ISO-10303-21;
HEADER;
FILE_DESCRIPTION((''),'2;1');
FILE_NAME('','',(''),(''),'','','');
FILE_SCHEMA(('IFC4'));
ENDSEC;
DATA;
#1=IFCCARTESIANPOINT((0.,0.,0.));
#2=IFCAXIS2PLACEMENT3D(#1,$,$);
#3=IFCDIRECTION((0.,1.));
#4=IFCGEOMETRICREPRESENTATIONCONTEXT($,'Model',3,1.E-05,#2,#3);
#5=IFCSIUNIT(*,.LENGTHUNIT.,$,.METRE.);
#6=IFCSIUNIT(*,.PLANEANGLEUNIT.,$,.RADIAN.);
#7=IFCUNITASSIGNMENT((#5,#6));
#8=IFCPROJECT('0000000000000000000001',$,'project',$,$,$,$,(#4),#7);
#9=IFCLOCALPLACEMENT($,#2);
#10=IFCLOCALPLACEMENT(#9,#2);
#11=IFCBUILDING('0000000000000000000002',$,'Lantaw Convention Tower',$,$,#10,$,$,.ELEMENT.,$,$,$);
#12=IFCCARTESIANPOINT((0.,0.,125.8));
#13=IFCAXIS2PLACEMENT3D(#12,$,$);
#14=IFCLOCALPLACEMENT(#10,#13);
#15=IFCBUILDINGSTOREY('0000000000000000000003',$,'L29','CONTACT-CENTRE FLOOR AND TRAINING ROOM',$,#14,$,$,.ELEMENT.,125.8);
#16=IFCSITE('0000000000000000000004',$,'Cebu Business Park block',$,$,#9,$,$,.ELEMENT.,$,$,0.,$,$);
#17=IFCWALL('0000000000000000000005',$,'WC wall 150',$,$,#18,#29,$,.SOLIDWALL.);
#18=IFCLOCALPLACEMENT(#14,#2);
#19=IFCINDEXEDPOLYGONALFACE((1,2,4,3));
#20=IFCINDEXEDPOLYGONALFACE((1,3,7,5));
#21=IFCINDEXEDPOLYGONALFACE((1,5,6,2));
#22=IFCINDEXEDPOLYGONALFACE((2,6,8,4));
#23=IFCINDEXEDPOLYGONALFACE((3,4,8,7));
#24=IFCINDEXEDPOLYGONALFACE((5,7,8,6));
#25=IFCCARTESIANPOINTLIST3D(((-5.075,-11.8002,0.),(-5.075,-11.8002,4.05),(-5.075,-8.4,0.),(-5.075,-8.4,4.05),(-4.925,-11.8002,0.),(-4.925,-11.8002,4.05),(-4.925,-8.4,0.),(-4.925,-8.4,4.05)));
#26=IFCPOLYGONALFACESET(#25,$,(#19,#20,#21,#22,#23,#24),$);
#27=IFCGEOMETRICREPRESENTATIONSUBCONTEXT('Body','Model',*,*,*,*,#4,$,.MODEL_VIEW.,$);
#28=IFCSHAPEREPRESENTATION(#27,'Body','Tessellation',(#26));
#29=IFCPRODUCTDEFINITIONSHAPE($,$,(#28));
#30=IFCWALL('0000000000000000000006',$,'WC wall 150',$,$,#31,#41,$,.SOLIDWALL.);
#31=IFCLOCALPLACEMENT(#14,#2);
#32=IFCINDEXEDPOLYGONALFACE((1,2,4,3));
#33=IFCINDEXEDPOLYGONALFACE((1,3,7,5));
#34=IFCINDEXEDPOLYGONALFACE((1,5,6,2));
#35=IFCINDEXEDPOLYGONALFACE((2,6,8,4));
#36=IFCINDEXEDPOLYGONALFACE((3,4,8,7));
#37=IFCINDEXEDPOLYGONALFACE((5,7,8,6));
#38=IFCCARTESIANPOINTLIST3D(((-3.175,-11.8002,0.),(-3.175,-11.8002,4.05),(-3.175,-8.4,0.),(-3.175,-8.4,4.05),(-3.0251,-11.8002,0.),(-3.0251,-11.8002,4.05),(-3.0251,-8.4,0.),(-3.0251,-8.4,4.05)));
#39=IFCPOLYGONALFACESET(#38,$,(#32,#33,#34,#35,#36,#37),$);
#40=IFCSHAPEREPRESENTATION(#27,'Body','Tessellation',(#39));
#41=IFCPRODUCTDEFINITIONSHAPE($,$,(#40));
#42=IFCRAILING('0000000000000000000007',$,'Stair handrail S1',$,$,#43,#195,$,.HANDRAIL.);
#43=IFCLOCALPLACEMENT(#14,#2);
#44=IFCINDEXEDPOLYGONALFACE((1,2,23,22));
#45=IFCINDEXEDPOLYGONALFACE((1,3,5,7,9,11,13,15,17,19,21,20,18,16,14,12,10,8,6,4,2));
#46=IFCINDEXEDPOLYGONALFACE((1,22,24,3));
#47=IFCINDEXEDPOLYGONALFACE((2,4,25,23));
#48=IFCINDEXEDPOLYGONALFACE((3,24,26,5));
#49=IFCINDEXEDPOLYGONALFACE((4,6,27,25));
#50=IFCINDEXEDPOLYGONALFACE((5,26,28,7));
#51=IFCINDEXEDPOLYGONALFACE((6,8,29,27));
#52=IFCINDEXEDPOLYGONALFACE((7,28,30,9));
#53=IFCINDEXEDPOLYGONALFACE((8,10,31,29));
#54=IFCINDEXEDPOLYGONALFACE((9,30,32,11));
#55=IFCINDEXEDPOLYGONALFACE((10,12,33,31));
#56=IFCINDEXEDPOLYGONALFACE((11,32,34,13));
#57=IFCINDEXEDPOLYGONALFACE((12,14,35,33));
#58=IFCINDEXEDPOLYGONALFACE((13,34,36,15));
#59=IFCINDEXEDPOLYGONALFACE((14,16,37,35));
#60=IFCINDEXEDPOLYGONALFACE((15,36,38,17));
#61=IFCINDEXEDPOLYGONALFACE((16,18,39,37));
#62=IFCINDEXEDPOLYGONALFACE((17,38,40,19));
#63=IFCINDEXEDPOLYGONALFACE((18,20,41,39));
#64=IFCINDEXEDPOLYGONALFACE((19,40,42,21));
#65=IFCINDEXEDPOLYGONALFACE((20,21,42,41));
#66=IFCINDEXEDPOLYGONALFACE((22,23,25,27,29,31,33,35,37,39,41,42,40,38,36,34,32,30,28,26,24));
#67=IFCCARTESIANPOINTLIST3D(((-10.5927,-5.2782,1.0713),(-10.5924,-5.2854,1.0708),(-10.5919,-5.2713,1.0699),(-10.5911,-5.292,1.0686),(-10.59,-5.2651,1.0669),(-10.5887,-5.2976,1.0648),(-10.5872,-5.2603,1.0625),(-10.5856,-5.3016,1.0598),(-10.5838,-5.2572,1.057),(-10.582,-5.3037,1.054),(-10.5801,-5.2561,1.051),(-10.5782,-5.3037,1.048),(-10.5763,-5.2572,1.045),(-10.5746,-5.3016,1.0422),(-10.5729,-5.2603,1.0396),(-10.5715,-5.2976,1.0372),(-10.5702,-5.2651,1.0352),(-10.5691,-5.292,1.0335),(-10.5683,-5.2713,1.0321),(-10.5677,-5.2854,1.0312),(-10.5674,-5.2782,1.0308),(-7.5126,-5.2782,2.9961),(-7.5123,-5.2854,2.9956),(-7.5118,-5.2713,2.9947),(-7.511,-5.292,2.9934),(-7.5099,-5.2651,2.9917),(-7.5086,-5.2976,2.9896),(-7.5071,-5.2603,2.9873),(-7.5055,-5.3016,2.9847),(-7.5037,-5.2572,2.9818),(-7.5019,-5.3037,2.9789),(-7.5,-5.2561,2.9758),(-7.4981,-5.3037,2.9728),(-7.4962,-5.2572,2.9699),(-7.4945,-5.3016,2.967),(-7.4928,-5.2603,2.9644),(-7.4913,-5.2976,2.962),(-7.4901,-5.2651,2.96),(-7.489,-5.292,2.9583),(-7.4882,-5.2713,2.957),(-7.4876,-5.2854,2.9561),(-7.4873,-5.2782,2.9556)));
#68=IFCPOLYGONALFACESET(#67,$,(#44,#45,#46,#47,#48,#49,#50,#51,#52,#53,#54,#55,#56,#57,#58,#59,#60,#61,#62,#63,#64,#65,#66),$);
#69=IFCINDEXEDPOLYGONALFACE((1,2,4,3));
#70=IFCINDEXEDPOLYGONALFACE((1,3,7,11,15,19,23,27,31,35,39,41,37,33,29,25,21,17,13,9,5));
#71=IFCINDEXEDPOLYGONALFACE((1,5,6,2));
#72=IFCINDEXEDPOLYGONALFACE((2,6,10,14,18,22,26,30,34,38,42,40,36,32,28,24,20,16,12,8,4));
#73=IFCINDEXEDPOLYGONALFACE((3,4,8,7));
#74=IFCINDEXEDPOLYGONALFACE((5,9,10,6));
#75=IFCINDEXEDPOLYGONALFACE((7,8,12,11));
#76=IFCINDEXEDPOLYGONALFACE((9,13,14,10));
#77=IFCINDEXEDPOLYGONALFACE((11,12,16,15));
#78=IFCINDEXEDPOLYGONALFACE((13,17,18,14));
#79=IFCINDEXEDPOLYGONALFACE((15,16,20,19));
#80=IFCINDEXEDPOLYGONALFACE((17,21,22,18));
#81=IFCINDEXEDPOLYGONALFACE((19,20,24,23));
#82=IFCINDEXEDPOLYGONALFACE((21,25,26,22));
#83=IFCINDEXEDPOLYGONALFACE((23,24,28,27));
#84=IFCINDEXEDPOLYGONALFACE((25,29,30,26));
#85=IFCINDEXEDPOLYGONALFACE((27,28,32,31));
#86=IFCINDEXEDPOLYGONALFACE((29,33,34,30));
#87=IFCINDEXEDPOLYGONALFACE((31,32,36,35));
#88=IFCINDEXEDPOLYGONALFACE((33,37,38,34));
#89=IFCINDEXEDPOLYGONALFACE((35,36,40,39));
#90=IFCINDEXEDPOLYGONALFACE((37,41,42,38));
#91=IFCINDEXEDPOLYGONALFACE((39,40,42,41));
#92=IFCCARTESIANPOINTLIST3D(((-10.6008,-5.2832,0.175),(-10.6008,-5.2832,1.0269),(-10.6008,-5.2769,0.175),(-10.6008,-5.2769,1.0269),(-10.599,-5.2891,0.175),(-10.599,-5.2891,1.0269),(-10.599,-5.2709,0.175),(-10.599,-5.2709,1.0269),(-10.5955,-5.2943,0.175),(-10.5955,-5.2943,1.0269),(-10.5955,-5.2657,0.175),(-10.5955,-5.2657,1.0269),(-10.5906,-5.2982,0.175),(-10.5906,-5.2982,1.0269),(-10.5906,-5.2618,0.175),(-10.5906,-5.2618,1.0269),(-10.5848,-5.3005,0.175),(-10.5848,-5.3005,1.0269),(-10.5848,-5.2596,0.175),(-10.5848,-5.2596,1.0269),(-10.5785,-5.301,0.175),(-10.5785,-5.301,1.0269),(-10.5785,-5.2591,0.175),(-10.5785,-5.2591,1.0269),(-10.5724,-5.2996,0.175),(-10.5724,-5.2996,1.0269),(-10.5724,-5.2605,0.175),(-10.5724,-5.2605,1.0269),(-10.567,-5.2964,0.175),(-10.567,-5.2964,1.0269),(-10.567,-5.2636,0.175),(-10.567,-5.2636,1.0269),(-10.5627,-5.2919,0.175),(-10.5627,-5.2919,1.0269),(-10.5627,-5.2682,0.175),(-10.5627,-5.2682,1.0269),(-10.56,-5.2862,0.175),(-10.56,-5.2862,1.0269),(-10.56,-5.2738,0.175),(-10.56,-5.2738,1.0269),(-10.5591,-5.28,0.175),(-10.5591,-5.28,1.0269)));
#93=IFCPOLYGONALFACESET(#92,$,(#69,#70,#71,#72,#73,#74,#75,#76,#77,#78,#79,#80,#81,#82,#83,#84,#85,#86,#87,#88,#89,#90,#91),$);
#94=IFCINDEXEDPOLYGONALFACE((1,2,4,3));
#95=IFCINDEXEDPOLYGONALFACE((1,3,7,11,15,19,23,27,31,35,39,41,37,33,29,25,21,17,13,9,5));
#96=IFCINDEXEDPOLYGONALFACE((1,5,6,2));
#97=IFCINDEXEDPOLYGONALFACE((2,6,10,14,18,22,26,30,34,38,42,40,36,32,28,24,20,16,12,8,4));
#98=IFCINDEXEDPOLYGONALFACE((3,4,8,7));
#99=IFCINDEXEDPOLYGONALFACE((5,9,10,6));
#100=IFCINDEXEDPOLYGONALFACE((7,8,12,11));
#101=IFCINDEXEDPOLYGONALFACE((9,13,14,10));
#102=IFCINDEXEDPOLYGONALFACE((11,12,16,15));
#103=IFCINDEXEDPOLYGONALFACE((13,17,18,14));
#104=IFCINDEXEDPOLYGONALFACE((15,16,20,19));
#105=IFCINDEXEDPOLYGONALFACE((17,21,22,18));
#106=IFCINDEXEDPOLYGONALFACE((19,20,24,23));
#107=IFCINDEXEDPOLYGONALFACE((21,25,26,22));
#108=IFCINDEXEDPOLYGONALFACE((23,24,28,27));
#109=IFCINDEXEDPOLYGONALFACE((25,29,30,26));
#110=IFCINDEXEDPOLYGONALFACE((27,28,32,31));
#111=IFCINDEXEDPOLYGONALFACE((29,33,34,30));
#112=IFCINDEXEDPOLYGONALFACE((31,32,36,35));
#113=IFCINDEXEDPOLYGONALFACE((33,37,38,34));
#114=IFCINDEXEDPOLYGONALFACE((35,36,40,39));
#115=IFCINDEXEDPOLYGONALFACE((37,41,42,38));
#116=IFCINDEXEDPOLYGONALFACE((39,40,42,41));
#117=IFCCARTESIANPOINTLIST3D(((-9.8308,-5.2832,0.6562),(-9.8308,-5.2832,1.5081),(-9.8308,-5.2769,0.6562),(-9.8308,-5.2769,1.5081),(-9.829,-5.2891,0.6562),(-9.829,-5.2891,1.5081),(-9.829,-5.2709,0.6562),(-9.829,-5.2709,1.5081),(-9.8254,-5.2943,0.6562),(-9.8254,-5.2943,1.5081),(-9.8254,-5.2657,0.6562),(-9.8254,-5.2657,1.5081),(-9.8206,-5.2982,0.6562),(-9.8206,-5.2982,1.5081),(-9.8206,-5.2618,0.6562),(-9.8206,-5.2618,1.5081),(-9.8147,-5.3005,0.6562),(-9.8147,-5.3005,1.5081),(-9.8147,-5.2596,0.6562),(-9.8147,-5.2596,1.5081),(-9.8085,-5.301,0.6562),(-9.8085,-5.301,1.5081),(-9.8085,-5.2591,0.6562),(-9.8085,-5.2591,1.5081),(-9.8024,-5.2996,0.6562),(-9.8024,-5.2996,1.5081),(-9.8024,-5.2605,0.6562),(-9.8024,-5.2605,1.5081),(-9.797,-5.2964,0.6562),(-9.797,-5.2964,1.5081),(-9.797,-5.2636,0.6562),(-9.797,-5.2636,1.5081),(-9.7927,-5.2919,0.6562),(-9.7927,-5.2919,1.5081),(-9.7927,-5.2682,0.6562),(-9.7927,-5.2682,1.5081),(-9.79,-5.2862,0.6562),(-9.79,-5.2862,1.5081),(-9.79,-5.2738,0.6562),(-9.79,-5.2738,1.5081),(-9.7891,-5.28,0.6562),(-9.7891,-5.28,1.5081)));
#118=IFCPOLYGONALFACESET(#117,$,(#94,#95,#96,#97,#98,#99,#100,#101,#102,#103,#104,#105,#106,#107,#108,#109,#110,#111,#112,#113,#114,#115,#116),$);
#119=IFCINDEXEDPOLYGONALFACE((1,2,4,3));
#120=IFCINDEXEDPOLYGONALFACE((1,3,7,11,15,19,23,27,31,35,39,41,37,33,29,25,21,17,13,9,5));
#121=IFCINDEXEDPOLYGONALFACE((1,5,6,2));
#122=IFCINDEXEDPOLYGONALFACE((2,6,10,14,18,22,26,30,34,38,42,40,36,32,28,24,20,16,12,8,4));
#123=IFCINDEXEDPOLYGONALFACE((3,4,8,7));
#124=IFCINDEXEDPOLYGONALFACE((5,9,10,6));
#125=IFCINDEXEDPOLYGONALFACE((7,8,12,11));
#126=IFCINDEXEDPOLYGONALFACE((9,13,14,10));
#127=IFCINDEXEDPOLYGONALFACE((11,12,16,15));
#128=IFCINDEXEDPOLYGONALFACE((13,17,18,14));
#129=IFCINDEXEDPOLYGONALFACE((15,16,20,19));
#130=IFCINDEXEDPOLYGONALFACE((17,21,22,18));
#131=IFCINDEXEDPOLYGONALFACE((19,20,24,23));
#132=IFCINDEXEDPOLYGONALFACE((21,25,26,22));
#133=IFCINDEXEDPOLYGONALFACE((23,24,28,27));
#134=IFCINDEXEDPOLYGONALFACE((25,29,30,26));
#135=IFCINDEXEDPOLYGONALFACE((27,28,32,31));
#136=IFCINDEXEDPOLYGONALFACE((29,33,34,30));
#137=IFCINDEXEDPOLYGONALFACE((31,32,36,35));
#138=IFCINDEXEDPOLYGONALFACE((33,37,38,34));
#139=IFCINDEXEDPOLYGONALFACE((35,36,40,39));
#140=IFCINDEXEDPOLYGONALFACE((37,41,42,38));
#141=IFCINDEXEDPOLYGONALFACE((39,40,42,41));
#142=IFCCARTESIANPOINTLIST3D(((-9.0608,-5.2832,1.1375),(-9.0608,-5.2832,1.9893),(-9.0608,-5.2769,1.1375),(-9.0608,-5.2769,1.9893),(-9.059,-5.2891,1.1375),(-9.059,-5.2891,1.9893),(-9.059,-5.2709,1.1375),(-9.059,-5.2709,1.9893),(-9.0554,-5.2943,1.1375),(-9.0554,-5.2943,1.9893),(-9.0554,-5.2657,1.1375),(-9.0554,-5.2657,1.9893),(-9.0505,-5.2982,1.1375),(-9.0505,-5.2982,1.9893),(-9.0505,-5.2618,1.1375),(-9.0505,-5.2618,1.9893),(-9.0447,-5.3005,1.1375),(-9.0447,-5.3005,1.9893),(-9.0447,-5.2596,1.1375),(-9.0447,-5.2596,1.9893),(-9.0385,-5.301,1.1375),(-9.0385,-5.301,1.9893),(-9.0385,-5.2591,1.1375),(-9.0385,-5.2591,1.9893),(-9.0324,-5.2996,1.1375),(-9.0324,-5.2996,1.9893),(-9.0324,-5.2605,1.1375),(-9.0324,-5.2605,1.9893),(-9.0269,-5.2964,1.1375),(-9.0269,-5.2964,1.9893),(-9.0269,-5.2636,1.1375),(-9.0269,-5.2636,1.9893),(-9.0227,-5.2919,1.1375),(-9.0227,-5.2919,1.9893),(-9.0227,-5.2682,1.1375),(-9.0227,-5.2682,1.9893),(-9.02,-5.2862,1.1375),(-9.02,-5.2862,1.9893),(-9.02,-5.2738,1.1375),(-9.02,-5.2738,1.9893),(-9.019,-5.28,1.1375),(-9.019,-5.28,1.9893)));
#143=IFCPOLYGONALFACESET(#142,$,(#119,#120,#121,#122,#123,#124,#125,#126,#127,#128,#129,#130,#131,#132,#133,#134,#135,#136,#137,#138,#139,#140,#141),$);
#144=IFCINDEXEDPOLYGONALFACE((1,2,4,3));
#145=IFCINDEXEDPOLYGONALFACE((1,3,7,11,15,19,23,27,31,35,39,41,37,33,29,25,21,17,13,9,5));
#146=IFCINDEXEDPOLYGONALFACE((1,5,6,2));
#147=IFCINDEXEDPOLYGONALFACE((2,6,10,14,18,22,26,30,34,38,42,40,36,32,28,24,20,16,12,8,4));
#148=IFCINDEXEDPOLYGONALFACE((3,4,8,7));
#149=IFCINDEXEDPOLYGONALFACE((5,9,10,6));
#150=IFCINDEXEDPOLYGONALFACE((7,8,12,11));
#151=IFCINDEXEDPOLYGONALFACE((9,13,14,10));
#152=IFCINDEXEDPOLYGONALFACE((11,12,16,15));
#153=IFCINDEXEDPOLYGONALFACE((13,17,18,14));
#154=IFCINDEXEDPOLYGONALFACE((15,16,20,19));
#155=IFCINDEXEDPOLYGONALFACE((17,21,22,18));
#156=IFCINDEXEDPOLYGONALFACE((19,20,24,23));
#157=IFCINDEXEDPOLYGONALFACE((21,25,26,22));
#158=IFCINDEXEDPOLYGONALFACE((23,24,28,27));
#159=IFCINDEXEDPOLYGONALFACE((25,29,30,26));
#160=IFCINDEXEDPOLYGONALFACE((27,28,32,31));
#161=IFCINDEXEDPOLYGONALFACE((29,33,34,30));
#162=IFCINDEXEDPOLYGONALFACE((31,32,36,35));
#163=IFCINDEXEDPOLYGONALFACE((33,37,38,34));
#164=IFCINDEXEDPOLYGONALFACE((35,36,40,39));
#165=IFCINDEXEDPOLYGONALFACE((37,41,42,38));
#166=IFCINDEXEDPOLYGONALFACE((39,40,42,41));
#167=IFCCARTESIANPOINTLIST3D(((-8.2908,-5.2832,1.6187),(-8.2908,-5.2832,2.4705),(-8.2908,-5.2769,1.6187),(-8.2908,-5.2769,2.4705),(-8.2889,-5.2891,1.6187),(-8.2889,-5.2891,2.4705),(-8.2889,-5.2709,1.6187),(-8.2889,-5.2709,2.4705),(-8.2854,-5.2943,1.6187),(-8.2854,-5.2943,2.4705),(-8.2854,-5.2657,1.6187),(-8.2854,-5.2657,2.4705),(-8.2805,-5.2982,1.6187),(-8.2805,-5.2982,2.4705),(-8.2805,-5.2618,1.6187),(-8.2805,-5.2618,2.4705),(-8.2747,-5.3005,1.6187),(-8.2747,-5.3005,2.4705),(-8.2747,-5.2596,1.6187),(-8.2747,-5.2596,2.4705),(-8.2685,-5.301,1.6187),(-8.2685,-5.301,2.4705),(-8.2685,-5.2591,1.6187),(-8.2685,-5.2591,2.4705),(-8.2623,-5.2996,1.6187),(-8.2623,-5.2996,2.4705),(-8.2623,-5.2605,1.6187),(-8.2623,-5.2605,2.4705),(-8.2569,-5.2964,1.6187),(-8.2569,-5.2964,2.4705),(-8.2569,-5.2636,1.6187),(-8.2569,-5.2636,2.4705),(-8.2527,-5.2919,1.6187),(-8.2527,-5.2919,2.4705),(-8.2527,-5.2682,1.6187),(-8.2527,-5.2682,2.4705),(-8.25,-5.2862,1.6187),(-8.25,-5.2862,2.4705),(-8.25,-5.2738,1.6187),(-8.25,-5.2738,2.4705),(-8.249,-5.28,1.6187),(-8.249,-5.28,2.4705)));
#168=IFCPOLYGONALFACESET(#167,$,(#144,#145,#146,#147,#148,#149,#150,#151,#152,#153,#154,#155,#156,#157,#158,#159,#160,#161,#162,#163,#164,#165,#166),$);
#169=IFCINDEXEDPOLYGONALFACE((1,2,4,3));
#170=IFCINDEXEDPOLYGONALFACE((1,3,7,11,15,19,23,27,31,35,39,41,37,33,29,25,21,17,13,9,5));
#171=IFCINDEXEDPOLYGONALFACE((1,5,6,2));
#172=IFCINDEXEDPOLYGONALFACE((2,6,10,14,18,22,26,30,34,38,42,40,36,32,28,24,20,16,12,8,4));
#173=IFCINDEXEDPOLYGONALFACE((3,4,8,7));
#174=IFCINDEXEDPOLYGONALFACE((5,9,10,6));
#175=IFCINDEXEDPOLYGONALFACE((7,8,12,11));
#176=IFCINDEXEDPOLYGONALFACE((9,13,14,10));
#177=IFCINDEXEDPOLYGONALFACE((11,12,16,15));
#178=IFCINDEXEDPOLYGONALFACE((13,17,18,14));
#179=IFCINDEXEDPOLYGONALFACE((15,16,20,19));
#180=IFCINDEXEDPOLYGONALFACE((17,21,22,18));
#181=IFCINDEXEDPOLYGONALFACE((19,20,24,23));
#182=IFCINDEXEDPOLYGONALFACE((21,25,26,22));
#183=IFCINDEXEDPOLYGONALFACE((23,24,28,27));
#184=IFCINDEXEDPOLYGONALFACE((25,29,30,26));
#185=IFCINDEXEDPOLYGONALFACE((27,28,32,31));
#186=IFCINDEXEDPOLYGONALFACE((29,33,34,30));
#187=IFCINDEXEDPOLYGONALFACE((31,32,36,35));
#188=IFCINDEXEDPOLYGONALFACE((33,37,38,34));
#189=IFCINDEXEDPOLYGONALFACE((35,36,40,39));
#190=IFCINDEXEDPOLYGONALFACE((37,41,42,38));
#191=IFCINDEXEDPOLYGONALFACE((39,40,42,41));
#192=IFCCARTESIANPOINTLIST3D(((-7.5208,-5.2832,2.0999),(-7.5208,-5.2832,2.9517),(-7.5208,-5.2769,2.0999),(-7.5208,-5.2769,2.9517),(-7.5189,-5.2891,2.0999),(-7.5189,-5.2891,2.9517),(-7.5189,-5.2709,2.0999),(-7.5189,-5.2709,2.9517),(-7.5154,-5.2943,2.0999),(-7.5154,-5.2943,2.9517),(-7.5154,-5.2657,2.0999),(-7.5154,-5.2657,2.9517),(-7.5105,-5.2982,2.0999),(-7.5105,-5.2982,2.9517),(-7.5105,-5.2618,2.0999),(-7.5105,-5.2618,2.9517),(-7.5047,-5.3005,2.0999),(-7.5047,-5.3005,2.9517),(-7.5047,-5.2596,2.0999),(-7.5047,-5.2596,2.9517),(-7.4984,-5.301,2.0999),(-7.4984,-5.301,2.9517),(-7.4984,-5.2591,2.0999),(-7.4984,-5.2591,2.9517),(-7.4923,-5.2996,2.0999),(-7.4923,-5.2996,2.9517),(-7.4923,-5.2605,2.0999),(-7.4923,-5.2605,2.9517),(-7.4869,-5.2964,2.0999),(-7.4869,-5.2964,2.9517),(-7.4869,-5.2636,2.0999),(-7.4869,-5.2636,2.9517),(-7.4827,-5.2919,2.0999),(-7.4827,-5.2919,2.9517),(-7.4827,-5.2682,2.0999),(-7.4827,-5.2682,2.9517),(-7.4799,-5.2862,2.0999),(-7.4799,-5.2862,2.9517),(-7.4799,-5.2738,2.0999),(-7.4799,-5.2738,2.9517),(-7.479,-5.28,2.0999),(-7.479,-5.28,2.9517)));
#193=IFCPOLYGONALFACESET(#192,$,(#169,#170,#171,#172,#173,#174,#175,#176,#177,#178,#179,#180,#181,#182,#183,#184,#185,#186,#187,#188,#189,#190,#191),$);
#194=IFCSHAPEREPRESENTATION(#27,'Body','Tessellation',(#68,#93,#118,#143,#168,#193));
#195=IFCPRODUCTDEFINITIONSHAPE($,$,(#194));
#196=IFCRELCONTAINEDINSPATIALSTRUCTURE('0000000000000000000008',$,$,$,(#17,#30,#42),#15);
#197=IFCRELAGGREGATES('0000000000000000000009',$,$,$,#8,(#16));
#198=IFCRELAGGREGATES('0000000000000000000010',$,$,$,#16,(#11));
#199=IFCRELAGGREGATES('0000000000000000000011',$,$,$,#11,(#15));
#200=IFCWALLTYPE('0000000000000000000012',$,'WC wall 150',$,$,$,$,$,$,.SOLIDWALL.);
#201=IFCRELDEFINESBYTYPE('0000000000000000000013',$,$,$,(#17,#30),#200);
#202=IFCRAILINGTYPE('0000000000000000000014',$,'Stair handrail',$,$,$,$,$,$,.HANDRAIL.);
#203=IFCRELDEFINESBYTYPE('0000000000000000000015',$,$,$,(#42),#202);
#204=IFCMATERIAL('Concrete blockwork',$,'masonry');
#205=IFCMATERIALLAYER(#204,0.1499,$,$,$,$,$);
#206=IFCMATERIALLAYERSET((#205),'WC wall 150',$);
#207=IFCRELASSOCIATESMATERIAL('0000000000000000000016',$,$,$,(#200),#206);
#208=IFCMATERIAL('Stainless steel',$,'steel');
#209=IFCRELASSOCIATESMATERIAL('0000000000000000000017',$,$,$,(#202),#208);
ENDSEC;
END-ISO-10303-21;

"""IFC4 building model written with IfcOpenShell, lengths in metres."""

from ifc_helpers import new_model, si_unit, direction, frame, frame_2d, origin, origin_2d, place, context, subcontext, project, spatial, rectangle, circle, extrude, material, layer, layer_set, type_object, element, save


model = new_model("IFC4")

# Units and contexts
model_context = context("Model", 3, precision=1e-05, world=origin(), true_north=direction((0.0, 1.0)))
body_context = subcontext(model_context, "Body", "Model", "MODEL_VIEW")
ifc_project = project(units=[si_unit("LENGTHUNIT", "METRE"), si_unit("PLANEANGLEUNIT", "RADIAN")], contexts=[model_context])

# Site, building, storey
site_placement = place(None, origin())
site = spatial("IfcSite", under=ifc_project, at=site_placement, Name="Cebu Business Park block", CompositionType="ELEMENT", RefElevation=0.0)
building_placement = place(site_placement, origin())
building = spatial("IfcBuilding", under=site, at=building_placement, Name="Lantaw Convention Tower", CompositionType="ELEMENT")
storey_placement = place(building_placement, frame((0.0, 0.0, 125.8)))
storey = spatial("IfcBuildingStorey", under=building, at=storey_placement, Name="L29", Description="CONTACT-CENTRE FLOOR AND TRAINING ROOM", CompositionType="ELEMENT", Elevation=125.8)

# Walls
ifc_material_1 = material(Name="Concrete blockwork", Category="masonry")
ifc_layer_1 = layer(ifc_material_1, 0.1499)
ifc_layer_set_1 = layer_set([ifc_layer_1], Name="WC wall 150")
wall_type_1 = type_object("IfcWallType", Name="WC wall 150", PredefinedType="SOLIDWALL", material=ifc_layer_set_1)
for number, where, z_axis, x_axis, name in (
    (1, (-5.0, -8.3999, 0.0), (0.0, 0.0, 1.0), (0.0, -1.0, 0.0), "WC wall 150"),
    (2, (-3.1001, -8.3999, 0.0), (0.0, 0.0, 1.0), (0.0, -1.0, 0.0), "WC wall 150"),
):
    element("IfcWall", number, at=place(storey_placement, frame(where, z_axis=z_axis, x_axis=x_axis)), inside=storey, type_object=wall_type_1, Name=name, PredefinedType="SOLIDWALL", context=body_context, shape_type="SweptSolid", body=[
        extrude(rectangle(XDim=3.4001, YDim=0.1499, at=frame_2d((1.7002, 0.0))), origin(), (0.0, 0.0, 1.0), 4.05),
    ])

# Railing
ifc_material_2 = material(Name="Stainless steel", Category="steel")
railing_type = type_object("IfcRailingType", Name="Stair handrail", PredefinedType="HANDRAIL", material=ifc_material_2)
railing_1_placement = place(storey_placement, frame((-10.5801, -5.28, 0.175)))
element("IfcRailing", 3, at=railing_1_placement, inside=storey, type_object=railing_type, Name="Stair handrail S1", PredefinedType="HANDRAIL", context=body_context, shape_type="SweptSolid", body=[
    extrude(circle(Radius=0.0239, at=origin_2d()), frame((0.0, 0.0, 0.876), z_axis=(0.848029, 0.0, 0.529951), x_axis=(0.0, 1.0, 0.0)), (0.0, 0.0, 1.0), 3.6321),
    extrude(circle(Radius=0.021, at=origin_2d()), origin(), (0.0, 0.0, 1.0), 0.8518),
    extrude(circle(Radius=0.021, at=origin_2d()), frame((0.77, 0.0, 0.4812)), (0.0, 0.0, 1.0), 0.8518),
    extrude(circle(Radius=0.021, at=origin_2d()), frame((1.54, 0.0, 0.9624)), (0.0, 0.0, 1.0), 0.8518),
    extrude(circle(Radius=0.021, at=origin_2d()), frame((2.3101, 0.0, 1.4436)), (0.0, 0.0, 1.0), 0.8518),
    extrude(circle(Radius=0.021, at=origin_2d()), frame((3.0801, 0.0, 1.9248)), (0.0, 0.0, 1.0), 0.8518),
])

save(model, "model.ifc")
